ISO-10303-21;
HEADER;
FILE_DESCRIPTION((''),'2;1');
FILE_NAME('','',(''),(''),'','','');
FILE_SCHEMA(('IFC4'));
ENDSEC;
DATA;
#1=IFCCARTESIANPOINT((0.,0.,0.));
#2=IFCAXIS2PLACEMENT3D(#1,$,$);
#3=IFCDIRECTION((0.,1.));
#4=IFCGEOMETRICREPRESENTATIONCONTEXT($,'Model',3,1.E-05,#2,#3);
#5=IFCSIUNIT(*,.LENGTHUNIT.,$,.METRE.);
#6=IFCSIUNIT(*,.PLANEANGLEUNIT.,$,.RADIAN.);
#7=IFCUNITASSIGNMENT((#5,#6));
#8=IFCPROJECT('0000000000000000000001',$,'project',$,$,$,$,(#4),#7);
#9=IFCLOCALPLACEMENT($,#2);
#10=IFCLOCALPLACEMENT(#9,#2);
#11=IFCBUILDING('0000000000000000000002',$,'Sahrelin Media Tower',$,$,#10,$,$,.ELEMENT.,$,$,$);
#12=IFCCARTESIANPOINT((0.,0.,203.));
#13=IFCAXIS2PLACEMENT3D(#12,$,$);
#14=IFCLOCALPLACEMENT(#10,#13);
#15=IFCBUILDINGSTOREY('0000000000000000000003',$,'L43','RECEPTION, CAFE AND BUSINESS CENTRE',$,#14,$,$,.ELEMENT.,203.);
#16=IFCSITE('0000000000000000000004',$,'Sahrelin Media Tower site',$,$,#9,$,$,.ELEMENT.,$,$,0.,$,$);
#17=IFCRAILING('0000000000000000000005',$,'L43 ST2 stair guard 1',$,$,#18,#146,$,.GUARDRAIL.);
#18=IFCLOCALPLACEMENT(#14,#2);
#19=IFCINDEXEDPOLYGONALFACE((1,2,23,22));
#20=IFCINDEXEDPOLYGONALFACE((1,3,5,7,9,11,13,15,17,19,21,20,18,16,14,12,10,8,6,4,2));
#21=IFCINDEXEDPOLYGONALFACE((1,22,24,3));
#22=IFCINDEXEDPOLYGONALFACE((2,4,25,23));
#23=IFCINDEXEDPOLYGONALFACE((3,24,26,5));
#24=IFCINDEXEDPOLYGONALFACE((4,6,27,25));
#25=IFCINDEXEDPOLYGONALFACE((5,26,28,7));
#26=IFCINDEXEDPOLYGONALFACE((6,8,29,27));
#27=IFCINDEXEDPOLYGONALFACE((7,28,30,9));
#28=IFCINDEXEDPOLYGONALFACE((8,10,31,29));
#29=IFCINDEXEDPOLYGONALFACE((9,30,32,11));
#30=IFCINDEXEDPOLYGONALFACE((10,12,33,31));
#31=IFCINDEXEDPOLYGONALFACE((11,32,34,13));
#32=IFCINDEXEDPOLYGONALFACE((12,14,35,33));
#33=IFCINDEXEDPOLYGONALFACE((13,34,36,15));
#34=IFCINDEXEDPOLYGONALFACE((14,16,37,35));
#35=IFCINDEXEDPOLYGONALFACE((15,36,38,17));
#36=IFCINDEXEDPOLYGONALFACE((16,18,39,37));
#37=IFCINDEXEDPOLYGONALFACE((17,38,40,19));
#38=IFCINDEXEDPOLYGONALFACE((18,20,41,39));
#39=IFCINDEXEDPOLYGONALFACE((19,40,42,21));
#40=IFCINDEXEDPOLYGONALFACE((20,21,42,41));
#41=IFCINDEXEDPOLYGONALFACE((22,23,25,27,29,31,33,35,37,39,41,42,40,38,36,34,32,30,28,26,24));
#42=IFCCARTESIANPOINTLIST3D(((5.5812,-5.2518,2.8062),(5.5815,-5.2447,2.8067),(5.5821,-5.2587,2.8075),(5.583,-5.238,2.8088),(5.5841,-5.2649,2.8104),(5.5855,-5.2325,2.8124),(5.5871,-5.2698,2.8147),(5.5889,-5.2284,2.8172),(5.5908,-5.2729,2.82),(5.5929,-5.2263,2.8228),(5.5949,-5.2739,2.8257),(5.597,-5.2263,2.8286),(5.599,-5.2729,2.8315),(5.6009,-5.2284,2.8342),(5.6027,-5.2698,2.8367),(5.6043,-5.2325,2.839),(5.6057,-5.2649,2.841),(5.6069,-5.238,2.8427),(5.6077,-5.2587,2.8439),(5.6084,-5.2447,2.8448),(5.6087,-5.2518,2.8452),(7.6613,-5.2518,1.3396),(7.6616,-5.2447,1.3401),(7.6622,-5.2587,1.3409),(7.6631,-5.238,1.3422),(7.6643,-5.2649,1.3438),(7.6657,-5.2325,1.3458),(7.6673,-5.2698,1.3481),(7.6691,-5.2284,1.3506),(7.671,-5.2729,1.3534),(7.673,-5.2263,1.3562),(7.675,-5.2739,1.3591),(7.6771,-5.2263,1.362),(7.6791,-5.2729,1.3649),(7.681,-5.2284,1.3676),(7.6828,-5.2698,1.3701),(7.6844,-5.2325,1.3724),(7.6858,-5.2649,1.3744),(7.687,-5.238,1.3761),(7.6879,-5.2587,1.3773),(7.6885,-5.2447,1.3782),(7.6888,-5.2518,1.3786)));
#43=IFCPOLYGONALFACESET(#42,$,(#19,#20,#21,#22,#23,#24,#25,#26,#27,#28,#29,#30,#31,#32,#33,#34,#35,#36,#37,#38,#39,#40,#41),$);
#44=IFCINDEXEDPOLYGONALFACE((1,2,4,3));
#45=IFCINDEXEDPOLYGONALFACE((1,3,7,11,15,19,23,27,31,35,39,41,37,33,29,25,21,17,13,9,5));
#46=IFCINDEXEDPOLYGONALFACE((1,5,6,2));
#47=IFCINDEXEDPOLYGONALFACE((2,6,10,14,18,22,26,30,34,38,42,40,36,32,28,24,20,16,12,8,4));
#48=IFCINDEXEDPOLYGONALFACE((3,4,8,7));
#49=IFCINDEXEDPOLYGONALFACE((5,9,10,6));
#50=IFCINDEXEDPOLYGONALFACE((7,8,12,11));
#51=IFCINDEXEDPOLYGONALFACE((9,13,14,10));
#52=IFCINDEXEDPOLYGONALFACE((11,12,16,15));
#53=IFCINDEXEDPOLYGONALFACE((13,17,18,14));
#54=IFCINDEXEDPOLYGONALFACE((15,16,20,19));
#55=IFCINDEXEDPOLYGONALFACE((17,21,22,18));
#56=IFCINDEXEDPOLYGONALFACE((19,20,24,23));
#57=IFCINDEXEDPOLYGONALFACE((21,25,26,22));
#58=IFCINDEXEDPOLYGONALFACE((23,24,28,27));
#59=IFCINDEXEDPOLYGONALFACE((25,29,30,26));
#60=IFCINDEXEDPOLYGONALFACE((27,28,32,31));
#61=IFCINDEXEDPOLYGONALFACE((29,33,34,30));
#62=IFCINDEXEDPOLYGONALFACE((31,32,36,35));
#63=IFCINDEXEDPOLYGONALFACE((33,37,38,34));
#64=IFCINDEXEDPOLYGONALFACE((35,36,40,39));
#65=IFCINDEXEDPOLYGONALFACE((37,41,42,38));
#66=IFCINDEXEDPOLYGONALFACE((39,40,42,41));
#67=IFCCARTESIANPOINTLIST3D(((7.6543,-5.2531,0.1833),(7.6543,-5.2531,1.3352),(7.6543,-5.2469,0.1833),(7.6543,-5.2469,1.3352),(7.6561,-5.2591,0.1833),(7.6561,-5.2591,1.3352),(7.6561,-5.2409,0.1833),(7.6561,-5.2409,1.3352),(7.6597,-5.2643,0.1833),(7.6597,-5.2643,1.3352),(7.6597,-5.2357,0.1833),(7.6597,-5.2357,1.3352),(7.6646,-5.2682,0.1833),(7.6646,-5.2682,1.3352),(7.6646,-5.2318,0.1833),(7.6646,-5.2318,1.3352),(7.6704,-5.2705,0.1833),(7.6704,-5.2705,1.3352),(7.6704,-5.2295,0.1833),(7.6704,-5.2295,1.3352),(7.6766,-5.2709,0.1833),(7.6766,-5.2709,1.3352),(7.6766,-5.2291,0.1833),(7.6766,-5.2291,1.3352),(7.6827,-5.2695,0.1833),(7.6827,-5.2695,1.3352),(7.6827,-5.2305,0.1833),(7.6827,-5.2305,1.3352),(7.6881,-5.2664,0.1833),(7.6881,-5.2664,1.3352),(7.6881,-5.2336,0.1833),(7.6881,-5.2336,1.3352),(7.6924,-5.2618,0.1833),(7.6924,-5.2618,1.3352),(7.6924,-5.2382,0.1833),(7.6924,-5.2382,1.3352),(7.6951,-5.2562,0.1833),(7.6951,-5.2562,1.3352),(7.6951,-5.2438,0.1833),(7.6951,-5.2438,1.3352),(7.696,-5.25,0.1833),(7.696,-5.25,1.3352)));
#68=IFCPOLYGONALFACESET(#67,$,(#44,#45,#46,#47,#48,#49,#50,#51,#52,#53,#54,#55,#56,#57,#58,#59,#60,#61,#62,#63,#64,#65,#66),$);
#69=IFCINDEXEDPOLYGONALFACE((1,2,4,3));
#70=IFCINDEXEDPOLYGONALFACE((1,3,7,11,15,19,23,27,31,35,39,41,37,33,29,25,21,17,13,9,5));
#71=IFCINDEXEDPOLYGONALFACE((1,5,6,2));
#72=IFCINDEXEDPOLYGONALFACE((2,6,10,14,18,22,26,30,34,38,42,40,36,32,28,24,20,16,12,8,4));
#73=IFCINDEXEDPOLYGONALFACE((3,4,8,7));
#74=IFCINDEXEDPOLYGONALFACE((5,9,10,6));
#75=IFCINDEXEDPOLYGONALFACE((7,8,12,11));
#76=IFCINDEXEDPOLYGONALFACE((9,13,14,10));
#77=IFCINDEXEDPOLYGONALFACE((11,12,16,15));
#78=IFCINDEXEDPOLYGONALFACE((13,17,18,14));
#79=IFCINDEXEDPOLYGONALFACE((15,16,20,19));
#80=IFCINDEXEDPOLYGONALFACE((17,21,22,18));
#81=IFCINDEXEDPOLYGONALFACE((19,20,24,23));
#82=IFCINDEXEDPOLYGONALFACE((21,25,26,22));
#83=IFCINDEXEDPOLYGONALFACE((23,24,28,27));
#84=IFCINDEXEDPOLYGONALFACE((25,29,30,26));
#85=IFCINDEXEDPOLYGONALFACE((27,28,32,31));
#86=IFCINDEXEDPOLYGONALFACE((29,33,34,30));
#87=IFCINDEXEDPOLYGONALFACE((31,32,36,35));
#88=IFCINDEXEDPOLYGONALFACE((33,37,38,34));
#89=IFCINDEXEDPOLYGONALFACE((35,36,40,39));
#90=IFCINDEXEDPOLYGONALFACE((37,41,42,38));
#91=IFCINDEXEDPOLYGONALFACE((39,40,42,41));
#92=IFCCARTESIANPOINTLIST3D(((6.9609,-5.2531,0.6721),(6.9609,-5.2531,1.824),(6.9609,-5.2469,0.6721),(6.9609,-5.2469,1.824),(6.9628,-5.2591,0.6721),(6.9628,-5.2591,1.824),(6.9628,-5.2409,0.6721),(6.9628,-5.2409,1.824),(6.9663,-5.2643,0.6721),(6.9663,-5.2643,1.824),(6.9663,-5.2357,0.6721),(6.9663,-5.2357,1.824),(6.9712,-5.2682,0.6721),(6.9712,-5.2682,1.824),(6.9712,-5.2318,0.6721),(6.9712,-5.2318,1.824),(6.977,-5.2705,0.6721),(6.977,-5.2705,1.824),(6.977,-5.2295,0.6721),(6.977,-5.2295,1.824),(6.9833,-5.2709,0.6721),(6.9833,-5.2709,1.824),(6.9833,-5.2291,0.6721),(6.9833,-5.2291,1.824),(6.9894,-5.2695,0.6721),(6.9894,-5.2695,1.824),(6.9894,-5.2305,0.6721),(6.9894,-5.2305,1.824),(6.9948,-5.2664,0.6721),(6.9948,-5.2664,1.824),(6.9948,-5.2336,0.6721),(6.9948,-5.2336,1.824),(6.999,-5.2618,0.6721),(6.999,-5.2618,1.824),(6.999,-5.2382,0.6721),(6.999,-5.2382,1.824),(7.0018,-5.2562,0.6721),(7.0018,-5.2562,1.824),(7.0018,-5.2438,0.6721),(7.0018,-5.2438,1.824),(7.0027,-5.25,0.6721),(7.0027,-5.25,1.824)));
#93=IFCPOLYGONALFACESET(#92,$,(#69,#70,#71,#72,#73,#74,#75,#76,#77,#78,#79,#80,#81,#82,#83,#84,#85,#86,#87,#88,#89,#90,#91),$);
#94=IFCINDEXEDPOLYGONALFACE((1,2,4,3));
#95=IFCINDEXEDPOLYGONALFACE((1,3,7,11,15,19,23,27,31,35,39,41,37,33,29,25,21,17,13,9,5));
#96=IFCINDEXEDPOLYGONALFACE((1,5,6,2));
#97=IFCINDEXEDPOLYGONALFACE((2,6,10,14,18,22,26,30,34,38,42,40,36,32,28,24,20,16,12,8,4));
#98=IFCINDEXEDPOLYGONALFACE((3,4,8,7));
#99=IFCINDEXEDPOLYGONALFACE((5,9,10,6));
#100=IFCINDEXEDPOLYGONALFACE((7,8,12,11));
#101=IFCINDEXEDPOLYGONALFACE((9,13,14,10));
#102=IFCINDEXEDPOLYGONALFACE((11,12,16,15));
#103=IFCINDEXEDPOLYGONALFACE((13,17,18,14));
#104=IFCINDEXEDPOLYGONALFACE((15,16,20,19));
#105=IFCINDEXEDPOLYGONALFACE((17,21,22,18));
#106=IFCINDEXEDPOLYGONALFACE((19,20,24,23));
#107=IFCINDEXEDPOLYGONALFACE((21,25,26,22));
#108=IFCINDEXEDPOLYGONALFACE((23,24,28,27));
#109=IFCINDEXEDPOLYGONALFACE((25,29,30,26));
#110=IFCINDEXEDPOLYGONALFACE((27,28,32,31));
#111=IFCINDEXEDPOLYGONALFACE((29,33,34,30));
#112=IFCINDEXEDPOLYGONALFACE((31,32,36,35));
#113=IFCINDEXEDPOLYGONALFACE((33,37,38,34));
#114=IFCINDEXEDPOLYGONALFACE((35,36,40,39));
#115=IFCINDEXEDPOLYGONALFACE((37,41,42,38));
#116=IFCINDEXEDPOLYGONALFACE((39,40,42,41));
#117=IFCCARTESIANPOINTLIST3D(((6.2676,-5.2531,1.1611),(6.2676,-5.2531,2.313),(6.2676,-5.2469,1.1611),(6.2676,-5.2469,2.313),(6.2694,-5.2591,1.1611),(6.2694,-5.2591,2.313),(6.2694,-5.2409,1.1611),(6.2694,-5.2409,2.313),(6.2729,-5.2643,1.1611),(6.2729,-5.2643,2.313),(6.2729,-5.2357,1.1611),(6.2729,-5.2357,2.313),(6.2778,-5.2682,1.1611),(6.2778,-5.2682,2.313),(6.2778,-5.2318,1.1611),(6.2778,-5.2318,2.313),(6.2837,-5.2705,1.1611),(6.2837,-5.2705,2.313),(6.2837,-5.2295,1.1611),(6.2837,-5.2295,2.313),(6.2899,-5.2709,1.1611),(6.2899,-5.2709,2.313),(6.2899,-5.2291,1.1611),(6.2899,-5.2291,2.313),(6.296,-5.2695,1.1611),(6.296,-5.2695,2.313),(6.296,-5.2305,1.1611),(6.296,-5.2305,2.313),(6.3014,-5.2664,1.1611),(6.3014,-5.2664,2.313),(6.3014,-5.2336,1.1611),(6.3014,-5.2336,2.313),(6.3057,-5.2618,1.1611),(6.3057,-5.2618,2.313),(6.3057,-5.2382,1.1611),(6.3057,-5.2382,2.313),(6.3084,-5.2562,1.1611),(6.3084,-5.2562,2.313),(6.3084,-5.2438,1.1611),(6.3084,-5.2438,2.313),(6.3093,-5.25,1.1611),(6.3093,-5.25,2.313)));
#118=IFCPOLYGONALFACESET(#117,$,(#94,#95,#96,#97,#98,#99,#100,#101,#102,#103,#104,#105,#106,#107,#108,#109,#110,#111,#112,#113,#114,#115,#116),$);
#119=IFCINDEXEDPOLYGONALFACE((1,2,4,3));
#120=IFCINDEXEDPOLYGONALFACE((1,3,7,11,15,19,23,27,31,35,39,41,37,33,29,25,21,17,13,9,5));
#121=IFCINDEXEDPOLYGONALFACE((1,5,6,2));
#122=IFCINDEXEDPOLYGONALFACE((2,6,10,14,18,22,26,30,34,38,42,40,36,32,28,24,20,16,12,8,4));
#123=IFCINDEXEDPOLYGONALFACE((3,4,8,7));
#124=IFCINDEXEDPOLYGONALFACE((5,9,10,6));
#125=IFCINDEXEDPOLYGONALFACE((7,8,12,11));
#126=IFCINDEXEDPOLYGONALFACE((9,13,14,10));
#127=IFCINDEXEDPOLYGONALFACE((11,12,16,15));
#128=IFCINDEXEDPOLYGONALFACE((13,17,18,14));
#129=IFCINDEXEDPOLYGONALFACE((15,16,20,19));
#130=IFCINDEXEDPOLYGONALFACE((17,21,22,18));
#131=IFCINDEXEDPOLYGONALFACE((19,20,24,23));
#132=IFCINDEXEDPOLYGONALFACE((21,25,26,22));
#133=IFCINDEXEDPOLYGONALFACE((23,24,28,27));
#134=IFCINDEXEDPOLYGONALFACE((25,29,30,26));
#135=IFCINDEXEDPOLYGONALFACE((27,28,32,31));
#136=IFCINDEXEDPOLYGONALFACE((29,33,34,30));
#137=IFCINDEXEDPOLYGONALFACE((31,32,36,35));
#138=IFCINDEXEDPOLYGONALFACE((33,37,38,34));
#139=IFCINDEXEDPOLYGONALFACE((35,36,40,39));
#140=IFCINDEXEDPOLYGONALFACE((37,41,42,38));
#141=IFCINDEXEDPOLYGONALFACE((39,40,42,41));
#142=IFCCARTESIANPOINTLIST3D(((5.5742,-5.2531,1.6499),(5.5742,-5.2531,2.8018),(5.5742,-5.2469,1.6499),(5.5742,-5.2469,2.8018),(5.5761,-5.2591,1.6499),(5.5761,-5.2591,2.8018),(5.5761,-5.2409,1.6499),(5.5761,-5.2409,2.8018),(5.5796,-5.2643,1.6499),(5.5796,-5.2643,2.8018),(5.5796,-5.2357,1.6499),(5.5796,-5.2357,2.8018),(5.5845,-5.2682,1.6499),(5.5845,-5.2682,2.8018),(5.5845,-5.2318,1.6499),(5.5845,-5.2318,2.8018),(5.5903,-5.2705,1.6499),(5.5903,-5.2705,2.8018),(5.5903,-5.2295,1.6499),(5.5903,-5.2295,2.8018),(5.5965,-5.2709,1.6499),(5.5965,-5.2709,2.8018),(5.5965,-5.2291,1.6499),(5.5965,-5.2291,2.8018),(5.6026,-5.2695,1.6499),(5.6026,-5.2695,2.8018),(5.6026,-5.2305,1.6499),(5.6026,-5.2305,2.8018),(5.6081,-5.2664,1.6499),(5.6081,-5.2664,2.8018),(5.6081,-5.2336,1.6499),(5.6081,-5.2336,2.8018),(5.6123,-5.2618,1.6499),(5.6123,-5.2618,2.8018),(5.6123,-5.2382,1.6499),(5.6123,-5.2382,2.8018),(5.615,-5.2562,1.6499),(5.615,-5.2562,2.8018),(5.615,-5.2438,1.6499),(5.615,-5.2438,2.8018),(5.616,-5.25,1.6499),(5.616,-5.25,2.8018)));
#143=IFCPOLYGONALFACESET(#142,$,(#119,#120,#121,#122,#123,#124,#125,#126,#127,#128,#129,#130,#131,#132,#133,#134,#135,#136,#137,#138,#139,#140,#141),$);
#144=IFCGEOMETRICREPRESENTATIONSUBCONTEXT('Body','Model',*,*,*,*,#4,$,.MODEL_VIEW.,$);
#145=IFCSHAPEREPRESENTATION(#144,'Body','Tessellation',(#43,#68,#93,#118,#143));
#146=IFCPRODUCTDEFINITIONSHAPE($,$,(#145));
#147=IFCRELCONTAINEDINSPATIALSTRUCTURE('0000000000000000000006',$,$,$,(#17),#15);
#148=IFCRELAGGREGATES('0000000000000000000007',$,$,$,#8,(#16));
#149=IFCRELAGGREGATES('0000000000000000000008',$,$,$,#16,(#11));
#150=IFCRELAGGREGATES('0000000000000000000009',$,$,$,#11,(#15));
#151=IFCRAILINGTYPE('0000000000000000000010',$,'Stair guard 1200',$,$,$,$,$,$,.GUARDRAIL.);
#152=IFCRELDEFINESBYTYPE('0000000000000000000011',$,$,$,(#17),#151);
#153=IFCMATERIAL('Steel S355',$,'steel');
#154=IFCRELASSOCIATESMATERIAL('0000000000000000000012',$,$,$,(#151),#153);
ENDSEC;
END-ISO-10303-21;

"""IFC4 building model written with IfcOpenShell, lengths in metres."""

from ifc_helpers import new_model, si_unit, direction, frame, origin, origin_2d, place, context, subcontext, project, spatial, circle, extrude, material, type_object, element, save


model = new_model("IFC4")

# Units and contexts
model_context = context("Model", 3, precision=1e-05, world=origin(), true_north=direction((0.0, 1.0)))
body_context = subcontext(model_context, "Body", "Model", "MODEL_VIEW")
ifc_project = project(units=[si_unit("LENGTHUNIT", "METRE"), si_unit("PLANEANGLEUNIT", "RADIAN")], contexts=[model_context])

# Site, building, storey
site_placement = place(None, origin())
site = spatial("IfcSite", under=ifc_project, at=site_placement, Name="Sahrelin Media Tower site", CompositionType="ELEMENT", RefElevation=0.0)
building_placement = place(site_placement, origin())
building = spatial("IfcBuilding", under=site, at=building_placement, Name="Sahrelin Media Tower", CompositionType="ELEMENT")
storey_placement = place(building_placement, frame((0.0, 0.0, 203.0)))
storey = spatial("IfcBuildingStorey", under=building, at=storey_placement, Name="L43", Description="RECEPTION, CAFE AND BUSINESS CENTRE", CompositionType="ELEMENT", Elevation=203.0)

# Railing
ifc_material_1 = material(Name="Steel S355", Category="steel")
railing_type_1 = type_object("IfcRailingType", Name="Stair guard 1200", PredefinedType="GUARDRAIL", material=ifc_material_1)
railing_1_placement = place(storey_placement, frame((7.675, -5.25, 0.1833)))
element("IfcRailing", 1, at=railing_1_placement, inside=storey, type_object=railing_type_1, Name="L43 ST2 stair guard 1", PredefinedType="GUARDRAIL", context=body_context, shape_type="SweptSolid", body=[
    extrude(circle(Radius=0.0239, at=origin_2d()), frame((0.0, 0.0, 1.1758), z_axis=(-0.817289, 0.0, 0.576227), x_axis=(0.0, -1.0, 0.0)), (0.0, 0.0, 1.0), 2.5452),
    extrude(circle(Radius=0.021, at=origin_2d()), origin(), (0.0, 0.0, 1.0), 1.1519),
    extrude(circle(Radius=0.021, at=origin_2d()), frame((-0.6934, 0.0, 0.4888)), (0.0, 0.0, 1.0), 1.1519),
    extrude(circle(Radius=0.021, at=origin_2d()), frame((-1.3867, 0.0, 0.9778)), (0.0, 0.0, 1.0), 1.1519),
    extrude(circle(Radius=0.021, at=origin_2d()), frame((-2.0801, 0.0, 1.4666)), (0.0, 0.0, 1.0), 1.1519),
])

save(model, "model.ifc")
